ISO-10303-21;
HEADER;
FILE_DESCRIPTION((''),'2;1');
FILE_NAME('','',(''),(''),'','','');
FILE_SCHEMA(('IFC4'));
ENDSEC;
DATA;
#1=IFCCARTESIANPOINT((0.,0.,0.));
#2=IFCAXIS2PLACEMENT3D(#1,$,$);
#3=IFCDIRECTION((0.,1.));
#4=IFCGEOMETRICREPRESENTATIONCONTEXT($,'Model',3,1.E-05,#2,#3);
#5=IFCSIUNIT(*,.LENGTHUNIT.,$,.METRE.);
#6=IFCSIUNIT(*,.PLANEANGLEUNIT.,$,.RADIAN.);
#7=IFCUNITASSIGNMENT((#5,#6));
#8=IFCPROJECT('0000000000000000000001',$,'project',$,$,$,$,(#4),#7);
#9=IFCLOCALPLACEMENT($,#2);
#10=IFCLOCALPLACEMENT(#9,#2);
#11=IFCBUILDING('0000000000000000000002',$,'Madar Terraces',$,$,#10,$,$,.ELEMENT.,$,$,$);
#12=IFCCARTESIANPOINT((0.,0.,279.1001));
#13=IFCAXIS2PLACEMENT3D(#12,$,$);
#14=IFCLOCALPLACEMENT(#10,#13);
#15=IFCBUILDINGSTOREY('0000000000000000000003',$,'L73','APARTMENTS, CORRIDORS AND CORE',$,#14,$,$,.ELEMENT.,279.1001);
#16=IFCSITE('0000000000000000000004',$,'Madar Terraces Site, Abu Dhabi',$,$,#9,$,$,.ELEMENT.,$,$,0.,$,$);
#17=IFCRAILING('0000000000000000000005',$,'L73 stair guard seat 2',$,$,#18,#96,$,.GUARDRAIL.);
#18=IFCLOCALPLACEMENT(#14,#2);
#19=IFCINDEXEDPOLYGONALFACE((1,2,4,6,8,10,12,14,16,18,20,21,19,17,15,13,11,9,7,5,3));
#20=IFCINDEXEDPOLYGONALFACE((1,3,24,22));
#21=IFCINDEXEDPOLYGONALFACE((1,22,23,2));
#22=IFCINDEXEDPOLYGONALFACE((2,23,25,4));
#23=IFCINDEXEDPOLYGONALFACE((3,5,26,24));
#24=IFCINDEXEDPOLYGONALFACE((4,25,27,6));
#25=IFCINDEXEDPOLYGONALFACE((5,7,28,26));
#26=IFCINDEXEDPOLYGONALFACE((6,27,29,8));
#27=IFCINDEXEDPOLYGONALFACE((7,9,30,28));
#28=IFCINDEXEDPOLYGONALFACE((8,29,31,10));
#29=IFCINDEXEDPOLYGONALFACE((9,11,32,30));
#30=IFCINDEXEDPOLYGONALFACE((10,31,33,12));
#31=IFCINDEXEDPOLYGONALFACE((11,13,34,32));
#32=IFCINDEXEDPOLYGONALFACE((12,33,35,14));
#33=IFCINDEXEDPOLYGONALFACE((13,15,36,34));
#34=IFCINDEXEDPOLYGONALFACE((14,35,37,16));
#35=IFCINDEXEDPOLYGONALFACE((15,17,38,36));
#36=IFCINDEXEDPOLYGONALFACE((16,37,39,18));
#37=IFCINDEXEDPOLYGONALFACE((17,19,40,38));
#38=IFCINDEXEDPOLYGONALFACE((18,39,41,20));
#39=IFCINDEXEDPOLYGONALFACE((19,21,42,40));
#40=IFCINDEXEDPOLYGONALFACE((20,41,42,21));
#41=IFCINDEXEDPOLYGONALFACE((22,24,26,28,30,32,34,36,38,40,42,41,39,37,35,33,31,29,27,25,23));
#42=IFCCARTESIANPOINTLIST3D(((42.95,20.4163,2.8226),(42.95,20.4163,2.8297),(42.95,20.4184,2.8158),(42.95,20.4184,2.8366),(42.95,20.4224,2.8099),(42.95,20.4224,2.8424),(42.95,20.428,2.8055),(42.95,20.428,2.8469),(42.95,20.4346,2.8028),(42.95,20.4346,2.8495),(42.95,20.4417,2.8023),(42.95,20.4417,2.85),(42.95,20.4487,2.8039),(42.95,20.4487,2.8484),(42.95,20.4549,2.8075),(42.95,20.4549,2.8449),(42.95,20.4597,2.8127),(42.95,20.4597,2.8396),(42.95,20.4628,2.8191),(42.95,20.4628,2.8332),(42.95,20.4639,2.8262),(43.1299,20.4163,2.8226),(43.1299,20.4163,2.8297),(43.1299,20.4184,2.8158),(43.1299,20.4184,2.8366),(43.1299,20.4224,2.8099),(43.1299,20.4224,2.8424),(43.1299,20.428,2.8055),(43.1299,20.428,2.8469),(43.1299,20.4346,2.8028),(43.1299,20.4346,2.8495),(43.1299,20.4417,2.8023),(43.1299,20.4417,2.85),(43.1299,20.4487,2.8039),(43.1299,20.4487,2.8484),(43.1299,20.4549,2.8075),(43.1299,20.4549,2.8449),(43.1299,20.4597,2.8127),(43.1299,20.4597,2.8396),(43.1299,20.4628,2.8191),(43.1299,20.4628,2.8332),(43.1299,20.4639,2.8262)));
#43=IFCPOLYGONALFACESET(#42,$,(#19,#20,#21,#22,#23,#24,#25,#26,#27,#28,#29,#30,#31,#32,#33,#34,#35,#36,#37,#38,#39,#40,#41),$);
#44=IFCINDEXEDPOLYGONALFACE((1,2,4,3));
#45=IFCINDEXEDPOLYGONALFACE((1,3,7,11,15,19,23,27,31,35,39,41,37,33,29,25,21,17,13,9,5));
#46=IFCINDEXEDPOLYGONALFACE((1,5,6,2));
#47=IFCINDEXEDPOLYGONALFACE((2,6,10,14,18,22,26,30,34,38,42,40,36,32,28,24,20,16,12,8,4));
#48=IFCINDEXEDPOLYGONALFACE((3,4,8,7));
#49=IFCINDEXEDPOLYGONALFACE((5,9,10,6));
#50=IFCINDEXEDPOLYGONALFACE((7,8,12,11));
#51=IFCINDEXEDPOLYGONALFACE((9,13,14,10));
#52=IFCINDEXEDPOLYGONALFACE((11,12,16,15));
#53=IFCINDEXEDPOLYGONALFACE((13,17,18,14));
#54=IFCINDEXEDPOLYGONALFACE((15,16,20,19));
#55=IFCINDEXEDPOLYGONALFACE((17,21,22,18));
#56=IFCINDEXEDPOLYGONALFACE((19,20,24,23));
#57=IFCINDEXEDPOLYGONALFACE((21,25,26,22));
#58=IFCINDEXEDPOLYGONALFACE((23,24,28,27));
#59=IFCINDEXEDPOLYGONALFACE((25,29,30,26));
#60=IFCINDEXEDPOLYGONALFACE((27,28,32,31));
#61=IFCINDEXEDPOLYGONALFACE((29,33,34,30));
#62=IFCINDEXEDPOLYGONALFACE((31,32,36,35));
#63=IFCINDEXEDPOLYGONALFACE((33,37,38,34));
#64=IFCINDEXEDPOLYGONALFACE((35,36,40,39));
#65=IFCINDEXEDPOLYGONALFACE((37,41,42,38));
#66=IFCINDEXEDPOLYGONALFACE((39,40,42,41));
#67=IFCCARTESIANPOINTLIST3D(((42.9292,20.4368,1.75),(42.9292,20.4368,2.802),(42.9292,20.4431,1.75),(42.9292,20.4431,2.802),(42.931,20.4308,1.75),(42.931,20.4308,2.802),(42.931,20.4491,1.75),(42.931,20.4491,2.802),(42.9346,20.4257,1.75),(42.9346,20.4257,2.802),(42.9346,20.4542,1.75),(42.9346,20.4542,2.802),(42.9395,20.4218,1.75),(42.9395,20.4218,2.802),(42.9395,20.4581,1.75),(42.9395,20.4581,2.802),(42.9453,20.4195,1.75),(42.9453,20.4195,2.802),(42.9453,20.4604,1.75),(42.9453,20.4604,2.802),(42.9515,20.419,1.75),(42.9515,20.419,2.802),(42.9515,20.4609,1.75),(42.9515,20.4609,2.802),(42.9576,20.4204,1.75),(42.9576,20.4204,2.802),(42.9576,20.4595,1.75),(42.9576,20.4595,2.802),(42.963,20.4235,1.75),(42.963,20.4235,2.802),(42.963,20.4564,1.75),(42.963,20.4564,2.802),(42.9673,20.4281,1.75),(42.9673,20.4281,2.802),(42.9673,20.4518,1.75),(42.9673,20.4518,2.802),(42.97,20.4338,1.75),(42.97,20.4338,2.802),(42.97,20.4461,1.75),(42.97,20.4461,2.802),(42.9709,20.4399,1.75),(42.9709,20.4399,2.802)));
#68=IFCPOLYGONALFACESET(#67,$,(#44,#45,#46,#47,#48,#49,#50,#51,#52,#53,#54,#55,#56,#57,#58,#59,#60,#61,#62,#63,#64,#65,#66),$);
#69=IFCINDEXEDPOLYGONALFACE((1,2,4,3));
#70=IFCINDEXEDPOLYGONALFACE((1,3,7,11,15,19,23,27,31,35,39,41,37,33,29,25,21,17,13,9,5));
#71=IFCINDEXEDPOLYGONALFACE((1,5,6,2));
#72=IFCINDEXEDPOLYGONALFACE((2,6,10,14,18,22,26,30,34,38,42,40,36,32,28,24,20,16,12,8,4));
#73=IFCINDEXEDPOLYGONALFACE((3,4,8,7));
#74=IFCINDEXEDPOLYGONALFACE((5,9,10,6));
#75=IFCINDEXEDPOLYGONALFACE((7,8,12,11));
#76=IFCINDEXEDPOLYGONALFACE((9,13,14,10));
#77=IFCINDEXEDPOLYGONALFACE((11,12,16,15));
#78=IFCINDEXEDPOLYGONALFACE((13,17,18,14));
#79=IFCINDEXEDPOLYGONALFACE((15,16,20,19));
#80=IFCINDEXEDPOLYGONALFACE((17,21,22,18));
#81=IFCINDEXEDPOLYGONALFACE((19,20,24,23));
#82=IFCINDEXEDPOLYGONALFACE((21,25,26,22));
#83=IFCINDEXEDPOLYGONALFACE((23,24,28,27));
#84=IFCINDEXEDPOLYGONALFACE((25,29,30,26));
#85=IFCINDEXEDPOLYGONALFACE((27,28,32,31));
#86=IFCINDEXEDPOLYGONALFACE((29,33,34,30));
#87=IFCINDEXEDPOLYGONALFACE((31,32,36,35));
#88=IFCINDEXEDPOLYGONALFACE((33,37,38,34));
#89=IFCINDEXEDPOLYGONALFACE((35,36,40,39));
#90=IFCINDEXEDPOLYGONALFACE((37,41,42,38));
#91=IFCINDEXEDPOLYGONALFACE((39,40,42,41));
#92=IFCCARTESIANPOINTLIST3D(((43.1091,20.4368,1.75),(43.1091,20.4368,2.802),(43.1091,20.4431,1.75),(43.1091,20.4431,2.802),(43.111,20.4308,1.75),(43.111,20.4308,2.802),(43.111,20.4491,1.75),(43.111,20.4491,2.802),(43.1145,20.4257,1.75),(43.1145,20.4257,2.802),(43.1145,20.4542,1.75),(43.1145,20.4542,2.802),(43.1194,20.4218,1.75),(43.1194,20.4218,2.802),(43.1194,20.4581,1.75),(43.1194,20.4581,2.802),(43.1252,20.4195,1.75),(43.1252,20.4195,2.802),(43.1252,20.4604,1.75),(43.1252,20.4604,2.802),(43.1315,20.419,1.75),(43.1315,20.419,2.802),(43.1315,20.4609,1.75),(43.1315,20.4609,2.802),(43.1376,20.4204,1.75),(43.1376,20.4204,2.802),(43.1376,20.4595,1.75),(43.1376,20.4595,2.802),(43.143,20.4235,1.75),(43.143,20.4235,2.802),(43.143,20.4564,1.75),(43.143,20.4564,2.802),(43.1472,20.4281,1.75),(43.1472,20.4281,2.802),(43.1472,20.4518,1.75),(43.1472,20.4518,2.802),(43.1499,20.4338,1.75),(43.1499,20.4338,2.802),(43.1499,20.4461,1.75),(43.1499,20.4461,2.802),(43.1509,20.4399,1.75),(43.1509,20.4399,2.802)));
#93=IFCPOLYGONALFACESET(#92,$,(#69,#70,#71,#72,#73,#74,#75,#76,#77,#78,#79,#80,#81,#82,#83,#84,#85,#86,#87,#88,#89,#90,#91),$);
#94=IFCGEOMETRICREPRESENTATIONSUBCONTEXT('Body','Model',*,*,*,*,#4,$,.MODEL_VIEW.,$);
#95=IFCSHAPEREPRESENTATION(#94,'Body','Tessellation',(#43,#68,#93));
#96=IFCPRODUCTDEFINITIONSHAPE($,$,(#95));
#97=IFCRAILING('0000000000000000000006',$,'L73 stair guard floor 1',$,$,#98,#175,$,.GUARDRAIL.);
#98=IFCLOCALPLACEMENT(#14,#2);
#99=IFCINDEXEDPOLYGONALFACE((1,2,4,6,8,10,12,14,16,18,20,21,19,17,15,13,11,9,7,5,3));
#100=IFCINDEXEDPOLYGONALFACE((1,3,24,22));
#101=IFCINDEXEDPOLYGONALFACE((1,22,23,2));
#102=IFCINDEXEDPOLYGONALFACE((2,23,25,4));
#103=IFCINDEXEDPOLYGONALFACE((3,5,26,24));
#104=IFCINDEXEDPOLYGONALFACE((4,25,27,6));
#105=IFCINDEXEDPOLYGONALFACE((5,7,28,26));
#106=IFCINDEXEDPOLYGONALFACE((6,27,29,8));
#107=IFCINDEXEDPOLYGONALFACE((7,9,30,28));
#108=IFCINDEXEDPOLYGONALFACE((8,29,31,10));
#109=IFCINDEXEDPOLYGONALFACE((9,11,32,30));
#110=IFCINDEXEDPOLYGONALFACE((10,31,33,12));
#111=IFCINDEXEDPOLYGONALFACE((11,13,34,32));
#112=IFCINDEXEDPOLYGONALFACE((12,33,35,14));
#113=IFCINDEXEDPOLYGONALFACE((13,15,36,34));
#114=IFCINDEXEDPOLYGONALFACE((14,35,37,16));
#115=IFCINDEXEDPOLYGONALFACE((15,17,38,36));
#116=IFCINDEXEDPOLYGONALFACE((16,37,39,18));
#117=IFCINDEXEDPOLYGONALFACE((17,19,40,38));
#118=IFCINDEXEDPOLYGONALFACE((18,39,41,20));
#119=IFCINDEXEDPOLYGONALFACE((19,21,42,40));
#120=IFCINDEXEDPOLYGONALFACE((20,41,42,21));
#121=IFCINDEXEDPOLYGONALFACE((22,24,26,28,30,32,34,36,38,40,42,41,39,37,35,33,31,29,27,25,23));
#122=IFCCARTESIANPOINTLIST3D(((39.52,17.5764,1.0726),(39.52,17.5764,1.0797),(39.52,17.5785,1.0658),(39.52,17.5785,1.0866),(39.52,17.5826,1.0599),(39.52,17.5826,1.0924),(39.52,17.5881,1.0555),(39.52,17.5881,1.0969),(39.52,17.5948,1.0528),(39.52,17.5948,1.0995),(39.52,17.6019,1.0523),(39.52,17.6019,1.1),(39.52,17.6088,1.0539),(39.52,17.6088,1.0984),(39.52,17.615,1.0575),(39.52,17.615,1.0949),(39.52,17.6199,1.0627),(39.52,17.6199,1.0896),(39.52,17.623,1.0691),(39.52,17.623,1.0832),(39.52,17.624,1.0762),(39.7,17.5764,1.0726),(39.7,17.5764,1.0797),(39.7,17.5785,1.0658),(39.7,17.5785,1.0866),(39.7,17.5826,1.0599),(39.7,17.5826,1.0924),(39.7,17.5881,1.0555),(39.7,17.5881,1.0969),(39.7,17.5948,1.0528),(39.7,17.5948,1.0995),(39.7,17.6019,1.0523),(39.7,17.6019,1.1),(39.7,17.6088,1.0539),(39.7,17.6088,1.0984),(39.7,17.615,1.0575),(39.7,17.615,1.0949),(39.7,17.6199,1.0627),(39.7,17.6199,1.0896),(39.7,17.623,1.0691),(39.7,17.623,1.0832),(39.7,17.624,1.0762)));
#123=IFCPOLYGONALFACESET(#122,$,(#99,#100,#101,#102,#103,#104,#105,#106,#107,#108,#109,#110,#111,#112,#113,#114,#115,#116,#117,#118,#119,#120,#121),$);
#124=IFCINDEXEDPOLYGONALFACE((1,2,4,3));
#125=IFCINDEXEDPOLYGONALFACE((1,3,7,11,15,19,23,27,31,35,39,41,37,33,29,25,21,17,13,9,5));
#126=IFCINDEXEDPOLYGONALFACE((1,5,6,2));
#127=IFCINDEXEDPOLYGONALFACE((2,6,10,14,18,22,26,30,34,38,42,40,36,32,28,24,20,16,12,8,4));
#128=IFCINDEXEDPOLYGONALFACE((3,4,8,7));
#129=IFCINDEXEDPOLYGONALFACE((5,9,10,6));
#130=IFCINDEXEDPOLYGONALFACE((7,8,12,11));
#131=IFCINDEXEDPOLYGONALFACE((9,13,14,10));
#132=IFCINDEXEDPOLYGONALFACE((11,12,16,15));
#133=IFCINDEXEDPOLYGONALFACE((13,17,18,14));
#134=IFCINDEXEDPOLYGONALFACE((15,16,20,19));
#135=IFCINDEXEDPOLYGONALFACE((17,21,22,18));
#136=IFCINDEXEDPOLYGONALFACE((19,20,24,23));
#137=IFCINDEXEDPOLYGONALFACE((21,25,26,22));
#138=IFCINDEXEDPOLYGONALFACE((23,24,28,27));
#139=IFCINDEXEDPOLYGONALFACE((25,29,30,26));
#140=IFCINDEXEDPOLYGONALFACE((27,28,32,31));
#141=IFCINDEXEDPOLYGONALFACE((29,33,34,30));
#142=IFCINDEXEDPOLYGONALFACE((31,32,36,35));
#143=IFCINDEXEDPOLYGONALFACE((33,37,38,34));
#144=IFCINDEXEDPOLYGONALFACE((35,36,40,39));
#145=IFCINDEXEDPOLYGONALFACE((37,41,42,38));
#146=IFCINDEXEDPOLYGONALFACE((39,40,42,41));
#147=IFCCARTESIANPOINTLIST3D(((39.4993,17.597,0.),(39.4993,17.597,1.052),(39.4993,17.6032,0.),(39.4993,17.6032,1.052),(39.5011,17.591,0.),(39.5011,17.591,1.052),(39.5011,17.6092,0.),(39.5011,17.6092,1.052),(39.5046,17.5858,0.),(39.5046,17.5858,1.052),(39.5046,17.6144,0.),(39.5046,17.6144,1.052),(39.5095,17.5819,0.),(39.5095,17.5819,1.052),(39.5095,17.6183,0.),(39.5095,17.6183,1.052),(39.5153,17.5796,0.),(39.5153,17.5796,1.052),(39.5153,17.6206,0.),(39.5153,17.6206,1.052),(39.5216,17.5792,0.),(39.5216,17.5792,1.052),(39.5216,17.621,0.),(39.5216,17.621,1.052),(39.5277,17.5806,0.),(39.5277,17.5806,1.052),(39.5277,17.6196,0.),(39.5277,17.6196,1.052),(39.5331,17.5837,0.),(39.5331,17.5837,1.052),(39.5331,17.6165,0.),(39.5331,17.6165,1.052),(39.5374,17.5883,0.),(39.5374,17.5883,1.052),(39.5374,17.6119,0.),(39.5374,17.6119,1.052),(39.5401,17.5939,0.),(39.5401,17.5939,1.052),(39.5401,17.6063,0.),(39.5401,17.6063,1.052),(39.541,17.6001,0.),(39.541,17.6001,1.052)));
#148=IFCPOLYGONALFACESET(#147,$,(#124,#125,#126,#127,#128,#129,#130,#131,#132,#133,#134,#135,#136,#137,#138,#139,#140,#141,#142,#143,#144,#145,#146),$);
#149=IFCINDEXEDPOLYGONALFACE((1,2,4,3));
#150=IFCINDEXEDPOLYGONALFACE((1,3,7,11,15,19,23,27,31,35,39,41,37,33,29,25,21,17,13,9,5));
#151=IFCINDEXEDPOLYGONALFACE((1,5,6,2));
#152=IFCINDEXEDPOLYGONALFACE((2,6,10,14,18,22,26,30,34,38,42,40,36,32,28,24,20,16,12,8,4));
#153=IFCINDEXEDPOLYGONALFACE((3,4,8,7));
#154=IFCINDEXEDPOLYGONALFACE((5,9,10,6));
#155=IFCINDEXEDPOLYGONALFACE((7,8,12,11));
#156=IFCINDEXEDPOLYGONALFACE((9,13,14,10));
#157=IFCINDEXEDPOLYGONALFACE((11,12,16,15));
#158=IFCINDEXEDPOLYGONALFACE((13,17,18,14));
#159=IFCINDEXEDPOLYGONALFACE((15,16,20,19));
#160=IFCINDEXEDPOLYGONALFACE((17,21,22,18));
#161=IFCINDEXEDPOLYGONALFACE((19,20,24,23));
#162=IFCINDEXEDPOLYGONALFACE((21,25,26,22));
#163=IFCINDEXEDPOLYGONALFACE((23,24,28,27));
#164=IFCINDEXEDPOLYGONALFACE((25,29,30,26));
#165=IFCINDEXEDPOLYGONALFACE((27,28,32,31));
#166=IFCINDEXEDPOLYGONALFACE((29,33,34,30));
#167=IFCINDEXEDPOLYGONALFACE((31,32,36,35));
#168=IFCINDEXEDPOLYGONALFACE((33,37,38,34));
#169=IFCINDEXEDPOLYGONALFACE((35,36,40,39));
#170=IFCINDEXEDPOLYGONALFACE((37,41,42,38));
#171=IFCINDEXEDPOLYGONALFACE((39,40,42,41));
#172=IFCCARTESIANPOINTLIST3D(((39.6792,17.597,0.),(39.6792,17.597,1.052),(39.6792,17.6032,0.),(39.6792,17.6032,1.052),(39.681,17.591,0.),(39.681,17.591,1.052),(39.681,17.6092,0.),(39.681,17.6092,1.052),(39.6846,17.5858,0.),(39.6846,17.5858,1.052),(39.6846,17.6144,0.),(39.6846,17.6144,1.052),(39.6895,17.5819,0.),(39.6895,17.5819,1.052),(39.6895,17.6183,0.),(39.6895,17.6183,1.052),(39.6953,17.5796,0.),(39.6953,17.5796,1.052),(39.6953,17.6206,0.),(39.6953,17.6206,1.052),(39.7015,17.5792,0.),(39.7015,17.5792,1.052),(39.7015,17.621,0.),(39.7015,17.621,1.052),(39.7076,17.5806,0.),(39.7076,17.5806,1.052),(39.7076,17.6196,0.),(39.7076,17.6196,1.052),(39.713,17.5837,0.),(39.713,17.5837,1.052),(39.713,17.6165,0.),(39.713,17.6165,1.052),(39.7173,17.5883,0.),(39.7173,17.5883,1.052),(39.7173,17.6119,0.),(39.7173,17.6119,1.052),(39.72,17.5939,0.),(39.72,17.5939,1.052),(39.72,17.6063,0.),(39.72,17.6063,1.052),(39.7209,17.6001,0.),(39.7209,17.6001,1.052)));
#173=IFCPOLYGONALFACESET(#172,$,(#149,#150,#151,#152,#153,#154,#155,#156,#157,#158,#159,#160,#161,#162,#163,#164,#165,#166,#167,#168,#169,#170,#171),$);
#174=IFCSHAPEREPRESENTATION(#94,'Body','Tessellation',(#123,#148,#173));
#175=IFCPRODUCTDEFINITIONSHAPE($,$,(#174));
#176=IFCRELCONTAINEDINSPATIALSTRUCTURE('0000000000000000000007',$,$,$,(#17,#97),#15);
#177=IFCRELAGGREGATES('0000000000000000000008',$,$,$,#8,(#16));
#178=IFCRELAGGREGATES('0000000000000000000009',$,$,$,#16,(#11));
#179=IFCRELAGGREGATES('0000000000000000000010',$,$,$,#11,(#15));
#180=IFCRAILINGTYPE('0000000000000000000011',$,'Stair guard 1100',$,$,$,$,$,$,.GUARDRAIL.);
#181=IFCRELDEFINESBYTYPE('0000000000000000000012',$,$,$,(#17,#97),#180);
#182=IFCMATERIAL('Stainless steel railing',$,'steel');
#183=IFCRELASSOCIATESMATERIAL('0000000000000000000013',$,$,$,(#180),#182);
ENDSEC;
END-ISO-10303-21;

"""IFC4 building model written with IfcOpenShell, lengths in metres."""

from ifc_helpers import new_model, si_unit, direction, frame, origin, origin_2d, place, context, subcontext, project, spatial, circle, extrude, material, type_object, element, save


model = new_model("IFC4")

# Units and contexts
model_context = context("Model", 3, precision=1e-05, world=origin(), true_north=direction((0.0, 1.0)))
body_context = subcontext(model_context, "Body", "Model", "MODEL_VIEW")
ifc_project = project(units=[si_unit("LENGTHUNIT", "METRE"), si_unit("PLANEANGLEUNIT", "RADIAN")], contexts=[model_context])

# Site, building, storey
site_placement = place(None, origin())
site = spatial("IfcSite", under=ifc_project, at=site_placement, Name="Madar Terraces Site, Abu Dhabi", CompositionType="ELEMENT", RefElevation=0.0)
building_placement = place(site_placement, origin())
building = spatial("IfcBuilding", under=site, at=building_placement, Name="Madar Terraces", CompositionType="ELEMENT")
storey_placement = place(building_placement, frame((0.0, 0.0, 279.1001)))
storey = spatial("IfcBuildingStorey", under=building, at=storey_placement, Name="L73", Description="APARTMENTS, CORRIDORS AND CORE", CompositionType="ELEMENT", Elevation=279.1001)

# Railings
ifc_material_1 = material(Name="Stainless steel railing", Category="steel")
railing_type_1 = type_object("IfcRailingType", Name="Stair guard 1100", PredefinedType="GUARDRAIL", material=ifc_material_1)
for number, where, name in (
    (1, (42.95, 20.4399, 1.75), "L73 stair guard seat 2"),
    (2, (39.52, 17.6001, 0.0), "L73 stair guard floor 1"),
):
    element("IfcRailing", number, at=place(storey_placement, frame(where)), inside=storey, type_object=railing_type_1, Name=name, PredefinedType="GUARDRAIL", context=body_context, shape_type="SweptSolid", body=[
        extrude(circle(Radius=0.0239, at=origin_2d()), frame((0.0, 0.0, 1.0762), z_axis=(1.0, 0.0, 0.0), x_axis=(0.0, 1.0, 0.0)), (0.0, 0.0, 1.0), 0.1799),
        extrude(circle(Radius=0.021, at=origin_2d()), origin(), (0.0, 0.0, 1.0), 1.052),
        extrude(circle(Radius=0.021, at=origin_2d()), frame((0.1799, 0.0, 0.0)), (0.0, 0.0, 1.0), 1.052),
    ])

save(model, "model.ifc")
